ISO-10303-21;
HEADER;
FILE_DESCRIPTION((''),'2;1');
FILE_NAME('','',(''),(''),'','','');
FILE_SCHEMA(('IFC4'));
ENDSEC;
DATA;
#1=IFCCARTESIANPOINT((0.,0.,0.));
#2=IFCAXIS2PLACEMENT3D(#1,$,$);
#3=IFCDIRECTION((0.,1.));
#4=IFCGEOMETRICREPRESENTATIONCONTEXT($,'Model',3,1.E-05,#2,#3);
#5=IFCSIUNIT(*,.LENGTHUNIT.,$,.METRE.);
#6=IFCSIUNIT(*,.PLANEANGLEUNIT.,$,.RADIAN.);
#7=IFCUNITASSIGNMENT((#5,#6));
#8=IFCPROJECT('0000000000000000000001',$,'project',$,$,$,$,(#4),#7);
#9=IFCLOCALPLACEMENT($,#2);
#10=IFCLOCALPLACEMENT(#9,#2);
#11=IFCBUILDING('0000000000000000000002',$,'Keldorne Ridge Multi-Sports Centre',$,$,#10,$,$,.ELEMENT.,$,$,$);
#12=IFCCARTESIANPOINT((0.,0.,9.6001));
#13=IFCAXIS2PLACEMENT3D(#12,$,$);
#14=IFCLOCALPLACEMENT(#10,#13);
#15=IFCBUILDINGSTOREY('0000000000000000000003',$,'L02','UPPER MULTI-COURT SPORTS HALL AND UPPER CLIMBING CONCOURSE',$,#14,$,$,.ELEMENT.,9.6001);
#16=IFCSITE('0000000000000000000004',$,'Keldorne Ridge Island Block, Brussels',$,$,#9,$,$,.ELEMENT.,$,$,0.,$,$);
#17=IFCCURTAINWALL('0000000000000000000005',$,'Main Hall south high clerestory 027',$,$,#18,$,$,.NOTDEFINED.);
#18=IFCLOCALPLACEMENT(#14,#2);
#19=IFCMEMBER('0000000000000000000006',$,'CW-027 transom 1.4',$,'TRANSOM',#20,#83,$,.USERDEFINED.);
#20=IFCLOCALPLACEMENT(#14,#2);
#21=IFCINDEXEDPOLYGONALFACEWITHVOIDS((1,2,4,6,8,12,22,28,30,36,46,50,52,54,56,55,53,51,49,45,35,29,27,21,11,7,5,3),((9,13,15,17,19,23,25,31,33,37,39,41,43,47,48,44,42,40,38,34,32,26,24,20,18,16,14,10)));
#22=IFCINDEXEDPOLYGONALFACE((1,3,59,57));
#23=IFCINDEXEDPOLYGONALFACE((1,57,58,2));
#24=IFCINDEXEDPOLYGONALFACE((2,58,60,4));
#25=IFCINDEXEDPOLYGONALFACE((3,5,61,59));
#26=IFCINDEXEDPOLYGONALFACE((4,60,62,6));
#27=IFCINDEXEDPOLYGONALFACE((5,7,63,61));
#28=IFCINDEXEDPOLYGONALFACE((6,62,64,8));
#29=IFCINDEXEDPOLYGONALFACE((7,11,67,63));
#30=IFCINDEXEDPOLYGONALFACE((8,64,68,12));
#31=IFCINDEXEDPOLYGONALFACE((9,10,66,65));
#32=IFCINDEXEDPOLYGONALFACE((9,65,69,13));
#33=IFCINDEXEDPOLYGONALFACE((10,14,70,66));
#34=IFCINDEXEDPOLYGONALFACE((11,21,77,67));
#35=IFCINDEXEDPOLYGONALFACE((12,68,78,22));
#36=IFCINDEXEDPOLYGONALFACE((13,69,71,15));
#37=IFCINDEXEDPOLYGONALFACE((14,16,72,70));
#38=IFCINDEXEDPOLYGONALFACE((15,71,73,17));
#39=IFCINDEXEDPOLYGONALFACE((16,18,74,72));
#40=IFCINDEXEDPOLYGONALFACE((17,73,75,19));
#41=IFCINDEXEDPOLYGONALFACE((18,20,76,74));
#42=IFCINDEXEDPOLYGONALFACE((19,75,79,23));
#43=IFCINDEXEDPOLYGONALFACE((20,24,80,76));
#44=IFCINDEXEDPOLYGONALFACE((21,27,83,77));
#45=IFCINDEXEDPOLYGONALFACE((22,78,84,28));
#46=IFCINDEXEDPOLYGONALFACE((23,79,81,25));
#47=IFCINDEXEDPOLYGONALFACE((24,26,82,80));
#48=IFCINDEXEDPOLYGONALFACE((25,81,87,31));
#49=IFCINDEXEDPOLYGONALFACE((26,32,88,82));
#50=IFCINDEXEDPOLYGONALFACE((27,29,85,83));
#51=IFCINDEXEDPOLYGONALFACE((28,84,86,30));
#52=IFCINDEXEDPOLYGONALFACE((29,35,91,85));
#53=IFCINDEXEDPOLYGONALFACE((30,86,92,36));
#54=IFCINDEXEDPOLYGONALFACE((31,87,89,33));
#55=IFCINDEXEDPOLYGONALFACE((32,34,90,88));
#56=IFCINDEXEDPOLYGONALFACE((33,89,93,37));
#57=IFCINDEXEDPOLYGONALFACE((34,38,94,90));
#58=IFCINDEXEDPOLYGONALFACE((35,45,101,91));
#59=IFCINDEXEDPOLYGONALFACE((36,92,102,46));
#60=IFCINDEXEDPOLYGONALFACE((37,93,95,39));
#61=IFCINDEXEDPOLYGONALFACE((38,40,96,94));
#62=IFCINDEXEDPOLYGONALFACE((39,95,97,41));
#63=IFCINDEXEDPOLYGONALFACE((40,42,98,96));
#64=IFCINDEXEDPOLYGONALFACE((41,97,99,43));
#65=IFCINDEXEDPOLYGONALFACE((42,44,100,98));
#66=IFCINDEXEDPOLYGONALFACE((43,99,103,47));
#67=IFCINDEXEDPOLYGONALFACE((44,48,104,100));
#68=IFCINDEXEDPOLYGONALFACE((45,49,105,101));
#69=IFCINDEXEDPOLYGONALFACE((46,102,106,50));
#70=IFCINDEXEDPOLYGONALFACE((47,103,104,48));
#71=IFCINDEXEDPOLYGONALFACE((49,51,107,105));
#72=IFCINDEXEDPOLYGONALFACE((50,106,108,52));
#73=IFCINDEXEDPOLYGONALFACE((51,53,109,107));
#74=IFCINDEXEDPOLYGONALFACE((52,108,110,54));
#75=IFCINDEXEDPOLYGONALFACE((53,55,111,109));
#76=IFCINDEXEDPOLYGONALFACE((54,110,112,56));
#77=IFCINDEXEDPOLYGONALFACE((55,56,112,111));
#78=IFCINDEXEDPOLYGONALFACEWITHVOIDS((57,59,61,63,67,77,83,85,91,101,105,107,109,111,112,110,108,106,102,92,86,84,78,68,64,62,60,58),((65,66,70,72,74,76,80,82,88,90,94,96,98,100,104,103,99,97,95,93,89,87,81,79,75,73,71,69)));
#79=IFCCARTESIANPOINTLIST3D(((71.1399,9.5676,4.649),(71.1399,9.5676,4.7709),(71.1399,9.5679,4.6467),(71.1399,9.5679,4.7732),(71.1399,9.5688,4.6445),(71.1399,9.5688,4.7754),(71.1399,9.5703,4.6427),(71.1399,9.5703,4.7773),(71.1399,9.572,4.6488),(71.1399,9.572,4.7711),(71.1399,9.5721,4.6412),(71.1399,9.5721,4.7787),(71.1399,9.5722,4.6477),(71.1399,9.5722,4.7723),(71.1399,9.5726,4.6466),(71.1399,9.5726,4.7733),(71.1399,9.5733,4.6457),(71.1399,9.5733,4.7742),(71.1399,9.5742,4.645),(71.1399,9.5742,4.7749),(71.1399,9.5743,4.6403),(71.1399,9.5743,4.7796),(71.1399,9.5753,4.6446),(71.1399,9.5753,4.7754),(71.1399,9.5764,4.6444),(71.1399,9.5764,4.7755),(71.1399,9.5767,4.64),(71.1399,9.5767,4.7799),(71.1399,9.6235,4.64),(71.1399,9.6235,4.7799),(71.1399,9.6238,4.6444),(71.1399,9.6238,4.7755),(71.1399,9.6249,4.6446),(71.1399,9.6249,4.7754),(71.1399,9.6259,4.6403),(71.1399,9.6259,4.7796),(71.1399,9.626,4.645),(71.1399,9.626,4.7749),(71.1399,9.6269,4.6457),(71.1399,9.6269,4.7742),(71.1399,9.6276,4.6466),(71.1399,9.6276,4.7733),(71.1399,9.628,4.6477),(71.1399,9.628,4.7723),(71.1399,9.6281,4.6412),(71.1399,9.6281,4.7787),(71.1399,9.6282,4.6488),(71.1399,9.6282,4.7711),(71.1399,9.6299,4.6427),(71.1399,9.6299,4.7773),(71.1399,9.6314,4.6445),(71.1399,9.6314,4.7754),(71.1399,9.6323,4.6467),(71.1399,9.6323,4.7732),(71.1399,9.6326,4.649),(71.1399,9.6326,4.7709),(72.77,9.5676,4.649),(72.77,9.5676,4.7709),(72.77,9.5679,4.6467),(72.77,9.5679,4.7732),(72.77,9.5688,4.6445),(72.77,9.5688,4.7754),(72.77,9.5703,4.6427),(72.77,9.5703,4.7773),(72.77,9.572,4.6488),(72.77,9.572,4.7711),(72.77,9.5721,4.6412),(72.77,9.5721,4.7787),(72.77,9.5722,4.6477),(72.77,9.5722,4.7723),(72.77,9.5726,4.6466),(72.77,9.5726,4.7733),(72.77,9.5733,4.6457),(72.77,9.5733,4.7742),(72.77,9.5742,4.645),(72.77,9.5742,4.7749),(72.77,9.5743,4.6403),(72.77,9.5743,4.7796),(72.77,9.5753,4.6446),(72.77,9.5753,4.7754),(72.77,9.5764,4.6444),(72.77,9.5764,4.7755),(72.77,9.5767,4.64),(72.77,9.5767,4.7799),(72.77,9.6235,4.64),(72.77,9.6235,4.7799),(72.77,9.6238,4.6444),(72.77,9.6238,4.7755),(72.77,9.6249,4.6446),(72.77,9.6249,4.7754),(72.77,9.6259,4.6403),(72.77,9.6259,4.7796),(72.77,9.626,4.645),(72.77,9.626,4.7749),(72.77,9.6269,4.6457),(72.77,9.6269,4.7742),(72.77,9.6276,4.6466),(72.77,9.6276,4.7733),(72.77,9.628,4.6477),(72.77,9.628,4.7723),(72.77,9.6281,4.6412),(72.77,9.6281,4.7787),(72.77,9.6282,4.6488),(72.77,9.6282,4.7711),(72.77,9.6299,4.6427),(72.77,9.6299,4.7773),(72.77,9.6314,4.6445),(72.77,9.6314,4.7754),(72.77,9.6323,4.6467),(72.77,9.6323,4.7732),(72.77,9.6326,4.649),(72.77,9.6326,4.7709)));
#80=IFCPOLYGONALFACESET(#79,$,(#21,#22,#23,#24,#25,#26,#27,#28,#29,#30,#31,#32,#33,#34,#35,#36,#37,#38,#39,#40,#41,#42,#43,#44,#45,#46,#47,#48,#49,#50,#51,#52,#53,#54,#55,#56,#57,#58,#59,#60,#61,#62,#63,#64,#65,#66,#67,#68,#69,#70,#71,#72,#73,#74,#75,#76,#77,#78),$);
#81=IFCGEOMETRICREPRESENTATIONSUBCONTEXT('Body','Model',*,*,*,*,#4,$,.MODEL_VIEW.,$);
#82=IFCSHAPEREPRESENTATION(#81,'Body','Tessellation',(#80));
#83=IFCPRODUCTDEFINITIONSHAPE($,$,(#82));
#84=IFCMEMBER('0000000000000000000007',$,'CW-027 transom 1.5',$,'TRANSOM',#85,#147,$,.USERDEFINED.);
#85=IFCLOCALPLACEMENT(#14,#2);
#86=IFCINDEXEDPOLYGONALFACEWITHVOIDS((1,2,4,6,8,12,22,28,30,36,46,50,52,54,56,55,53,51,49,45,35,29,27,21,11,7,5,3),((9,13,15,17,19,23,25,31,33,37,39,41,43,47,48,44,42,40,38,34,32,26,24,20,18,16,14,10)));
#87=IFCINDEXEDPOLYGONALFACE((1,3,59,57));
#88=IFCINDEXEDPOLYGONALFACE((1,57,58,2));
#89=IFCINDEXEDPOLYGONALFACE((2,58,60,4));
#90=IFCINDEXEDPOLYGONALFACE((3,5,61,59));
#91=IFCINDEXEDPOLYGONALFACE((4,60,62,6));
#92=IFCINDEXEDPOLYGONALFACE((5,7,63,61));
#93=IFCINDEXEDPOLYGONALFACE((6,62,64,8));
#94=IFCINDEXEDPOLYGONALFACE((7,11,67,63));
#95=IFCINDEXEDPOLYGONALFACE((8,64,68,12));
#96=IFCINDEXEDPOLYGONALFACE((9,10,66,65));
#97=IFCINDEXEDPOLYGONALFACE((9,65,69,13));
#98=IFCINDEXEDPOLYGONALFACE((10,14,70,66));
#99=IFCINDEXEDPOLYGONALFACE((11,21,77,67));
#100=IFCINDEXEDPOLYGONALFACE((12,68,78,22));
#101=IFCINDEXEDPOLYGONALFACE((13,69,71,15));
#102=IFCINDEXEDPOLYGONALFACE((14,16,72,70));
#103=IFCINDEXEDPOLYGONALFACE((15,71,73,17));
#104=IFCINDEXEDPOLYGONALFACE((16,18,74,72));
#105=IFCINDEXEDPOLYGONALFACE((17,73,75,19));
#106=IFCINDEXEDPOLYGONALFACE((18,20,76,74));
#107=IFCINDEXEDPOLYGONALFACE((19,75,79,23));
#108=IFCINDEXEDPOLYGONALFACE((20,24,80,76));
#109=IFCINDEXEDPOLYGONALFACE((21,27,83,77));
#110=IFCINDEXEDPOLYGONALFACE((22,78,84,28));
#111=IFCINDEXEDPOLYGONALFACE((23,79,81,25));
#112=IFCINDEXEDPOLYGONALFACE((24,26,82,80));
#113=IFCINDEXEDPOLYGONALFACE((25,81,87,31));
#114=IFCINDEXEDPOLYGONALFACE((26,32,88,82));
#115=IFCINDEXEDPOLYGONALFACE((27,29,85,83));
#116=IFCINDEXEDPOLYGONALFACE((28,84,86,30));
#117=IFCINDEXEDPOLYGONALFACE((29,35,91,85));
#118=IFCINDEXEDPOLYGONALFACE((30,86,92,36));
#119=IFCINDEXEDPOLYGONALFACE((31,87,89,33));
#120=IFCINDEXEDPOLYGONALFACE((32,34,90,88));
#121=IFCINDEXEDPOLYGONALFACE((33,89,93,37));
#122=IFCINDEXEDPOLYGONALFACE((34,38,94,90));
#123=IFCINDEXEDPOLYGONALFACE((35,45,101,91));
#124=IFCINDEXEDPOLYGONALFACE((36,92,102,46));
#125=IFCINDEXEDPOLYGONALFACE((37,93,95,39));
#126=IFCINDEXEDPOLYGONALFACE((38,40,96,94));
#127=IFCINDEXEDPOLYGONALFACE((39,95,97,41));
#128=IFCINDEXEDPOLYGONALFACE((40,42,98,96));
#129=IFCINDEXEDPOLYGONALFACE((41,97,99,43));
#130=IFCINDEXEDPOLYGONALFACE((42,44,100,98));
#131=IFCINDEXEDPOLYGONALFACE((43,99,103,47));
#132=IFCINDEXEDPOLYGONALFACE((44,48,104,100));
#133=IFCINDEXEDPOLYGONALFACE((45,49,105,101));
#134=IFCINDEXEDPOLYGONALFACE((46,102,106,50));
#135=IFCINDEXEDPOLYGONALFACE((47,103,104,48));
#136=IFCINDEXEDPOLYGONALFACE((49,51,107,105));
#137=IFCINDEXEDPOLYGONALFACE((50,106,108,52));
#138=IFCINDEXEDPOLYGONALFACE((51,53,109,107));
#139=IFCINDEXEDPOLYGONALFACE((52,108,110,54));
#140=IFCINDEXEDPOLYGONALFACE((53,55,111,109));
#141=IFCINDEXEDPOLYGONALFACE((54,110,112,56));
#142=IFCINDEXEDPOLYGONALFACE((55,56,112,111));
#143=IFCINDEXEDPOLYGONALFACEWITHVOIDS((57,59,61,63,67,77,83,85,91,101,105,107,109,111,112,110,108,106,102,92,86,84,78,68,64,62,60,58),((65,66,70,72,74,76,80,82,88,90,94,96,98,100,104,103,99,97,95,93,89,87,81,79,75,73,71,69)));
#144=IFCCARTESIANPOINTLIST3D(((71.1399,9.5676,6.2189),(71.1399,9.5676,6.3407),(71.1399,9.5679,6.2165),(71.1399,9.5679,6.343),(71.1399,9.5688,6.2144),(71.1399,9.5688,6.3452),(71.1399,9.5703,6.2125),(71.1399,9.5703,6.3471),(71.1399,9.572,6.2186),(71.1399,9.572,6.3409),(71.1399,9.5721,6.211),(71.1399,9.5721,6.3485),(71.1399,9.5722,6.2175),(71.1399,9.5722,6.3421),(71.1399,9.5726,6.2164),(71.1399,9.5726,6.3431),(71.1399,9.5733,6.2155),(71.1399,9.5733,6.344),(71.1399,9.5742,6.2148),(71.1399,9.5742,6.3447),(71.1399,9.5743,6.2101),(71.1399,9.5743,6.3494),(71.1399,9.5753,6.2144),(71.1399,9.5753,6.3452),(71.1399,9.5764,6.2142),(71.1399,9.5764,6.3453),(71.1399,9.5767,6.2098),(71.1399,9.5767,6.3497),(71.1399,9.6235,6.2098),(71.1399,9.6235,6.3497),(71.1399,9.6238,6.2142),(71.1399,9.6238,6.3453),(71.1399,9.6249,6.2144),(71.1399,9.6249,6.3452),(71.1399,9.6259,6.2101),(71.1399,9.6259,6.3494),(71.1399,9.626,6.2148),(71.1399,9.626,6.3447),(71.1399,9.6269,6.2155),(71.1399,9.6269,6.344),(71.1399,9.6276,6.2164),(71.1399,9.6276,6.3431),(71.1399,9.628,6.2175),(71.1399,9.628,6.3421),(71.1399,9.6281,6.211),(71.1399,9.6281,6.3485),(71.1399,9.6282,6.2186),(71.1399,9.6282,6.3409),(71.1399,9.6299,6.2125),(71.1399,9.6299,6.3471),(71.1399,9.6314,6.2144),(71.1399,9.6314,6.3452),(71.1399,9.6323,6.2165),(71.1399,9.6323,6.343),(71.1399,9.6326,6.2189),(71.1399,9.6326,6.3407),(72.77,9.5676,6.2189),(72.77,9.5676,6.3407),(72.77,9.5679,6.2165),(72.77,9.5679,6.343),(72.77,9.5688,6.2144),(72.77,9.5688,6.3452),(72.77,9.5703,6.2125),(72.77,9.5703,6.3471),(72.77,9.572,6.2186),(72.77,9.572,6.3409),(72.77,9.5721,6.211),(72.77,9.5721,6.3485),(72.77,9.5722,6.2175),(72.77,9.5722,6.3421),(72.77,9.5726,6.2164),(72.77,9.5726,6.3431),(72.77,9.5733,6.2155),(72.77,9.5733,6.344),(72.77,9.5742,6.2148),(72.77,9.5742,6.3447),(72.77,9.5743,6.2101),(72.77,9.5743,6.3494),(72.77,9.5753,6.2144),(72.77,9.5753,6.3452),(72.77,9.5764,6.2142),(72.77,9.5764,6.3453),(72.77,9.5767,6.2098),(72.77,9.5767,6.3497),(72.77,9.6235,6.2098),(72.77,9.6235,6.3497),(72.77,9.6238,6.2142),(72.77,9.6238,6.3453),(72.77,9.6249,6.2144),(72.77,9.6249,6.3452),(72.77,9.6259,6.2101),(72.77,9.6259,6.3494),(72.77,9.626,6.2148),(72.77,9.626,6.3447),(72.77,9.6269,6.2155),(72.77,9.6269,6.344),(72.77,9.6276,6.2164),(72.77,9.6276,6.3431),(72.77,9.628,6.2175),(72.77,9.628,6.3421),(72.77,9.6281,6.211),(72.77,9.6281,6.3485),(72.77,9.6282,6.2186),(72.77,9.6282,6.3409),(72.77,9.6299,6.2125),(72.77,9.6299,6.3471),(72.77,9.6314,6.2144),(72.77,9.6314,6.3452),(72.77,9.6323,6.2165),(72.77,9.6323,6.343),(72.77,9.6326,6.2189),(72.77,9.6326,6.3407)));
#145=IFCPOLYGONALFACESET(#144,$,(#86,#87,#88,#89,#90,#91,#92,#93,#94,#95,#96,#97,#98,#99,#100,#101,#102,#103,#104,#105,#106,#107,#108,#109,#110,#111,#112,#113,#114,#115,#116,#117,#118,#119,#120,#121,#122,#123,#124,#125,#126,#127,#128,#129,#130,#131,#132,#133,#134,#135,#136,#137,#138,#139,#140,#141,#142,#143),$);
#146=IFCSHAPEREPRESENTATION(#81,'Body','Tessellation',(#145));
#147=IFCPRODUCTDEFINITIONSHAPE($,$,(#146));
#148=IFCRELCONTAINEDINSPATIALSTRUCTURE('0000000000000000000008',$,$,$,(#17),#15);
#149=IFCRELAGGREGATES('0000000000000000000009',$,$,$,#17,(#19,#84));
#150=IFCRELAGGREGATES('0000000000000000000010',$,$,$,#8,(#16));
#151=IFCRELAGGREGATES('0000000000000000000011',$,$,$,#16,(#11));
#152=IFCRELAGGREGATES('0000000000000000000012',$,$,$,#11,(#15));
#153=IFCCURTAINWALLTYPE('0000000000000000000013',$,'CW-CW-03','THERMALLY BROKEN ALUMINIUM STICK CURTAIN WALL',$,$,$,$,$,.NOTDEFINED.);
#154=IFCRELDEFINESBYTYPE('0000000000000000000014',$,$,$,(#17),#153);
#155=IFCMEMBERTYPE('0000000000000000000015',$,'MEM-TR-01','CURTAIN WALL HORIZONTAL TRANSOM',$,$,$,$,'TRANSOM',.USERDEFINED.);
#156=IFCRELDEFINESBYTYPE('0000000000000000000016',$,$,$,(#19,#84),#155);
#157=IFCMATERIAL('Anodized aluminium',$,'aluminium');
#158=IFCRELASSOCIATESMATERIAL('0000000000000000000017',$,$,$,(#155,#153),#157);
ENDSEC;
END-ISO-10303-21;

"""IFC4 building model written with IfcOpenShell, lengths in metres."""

from ifc_helpers import new_model, si_unit, direction, frame, origin, origin_2d, place, context, subcontext, project, spatial, hollow_rectangle, extrude, material, material_profile, profile_set, type_object, element, aggregate, save


model = new_model("IFC4")

# Units and contexts
model_context = context("Model", 3, precision=1e-05, world=origin(), true_north=direction((0.0, 1.0)))
body_context = subcontext(model_context, "Body", "Model", "MODEL_VIEW")
ifc_project = project(units=[si_unit("LENGTHUNIT", "METRE"), si_unit("PLANEANGLEUNIT", "RADIAN")], contexts=[model_context])

# Site, building, storey
site_placement = place(None, origin())
site = spatial("IfcSite", under=ifc_project, at=site_placement, Name="Keldorne Ridge Island Block, Brussels", CompositionType="ELEMENT", RefElevation=0.0)
building_placement = place(site_placement, origin())
building = spatial("IfcBuilding", under=site, at=building_placement, Name="Keldorne Ridge Multi-Sports Centre", CompositionType="ELEMENT")
storey_placement = place(building_placement, frame((0.0, 0.0, 9.6001)))
storey = spatial("IfcBuildingStorey", under=building, at=storey_placement, Name="L02", Description="UPPER MULTI-COURT SPORTS HALL AND UPPER CLIMBING CONCOURSE", CompositionType="ELEMENT", Elevation=9.6001)

# Curtain wall, members
ifc_material_1 = material(Name="Anodized aluminium", Category="aluminium")
ifc_material_profile_1 = material_profile(ifc_material_1, hollow_rectangle(XDim=0.0649, YDim=0.1399, WallThickness=0.0044, InnerFilletRadius=0.0044, OuterFilletRadius=0.009, at=origin_2d()), Name="ALU TRANSOM 140x65x4.5")
ifc_profile_set_1 = profile_set([ifc_material_profile_1], Name="Anodized aluminium")
member_type_1 = type_object("IfcMemberType", Name="MEM-TR-01", Description="CURTAIN WALL HORIZONTAL TRANSOM", ElementType="TRANSOM", PredefinedType="USERDEFINED", material=ifc_profile_set_1)
curtain_wall_type_1 = type_object("IfcCurtainWallType", Name="CW-CW-03", Description="THERMALLY BROKEN ALUMINIUM STICK CURTAIN WALL", PredefinedType="NOTDEFINED", material=ifc_material_1)
curtain_wall_1_placement = place(storey_placement, origin())
curtain_wall_1 = element("IfcCurtainWall", 1, at=curtain_wall_1_placement, inside=storey, type_object=curtain_wall_type_1, Name="Main Hall south high clerestory 027", PredefinedType="NOTDEFINED")
member_1_placement = place(storey_placement, frame((71.1399, 9.6001, 4.71), z_axis=(1.0, 0.0, 0.0), x_axis=(0.0, 1.0, 0.0)))
member_1 = element("IfcMember", 2, at=member_1_placement, type_object=member_type_1, Name="CW-027 transom 1.4", ObjectType="TRANSOM", PredefinedType="USERDEFINED", context=body_context, shape_type="SweptSolid", body=[
    extrude(hollow_rectangle(XDim=0.0649, YDim=0.1399, WallThickness=0.0044, InnerFilletRadius=0.0044, OuterFilletRadius=0.009, at=origin_2d()), origin(), (0.0, 0.0, 1.0), 1.6301),
])
member_2_placement = place(storey_placement, frame((71.1399, 9.6001, 6.2798), z_axis=(1.0, 0.0, 0.0), x_axis=(0.0, 1.0, 0.0)))
member_2 = element("IfcMember", 3, at=member_2_placement, type_object=member_type_1, Name="CW-027 transom 1.5", ObjectType="TRANSOM", PredefinedType="USERDEFINED", context=body_context, shape_type="SweptSolid", body=[
    extrude(hollow_rectangle(XDim=0.0649, YDim=0.1399, WallThickness=0.0044, InnerFilletRadius=0.0044, OuterFilletRadius=0.009, at=origin_2d()), origin(), (0.0, 0.0, 1.0), 1.6301),
])

aggregate(curtain_wall_1, [member_1, member_2])

save(model, "model.ifc")
